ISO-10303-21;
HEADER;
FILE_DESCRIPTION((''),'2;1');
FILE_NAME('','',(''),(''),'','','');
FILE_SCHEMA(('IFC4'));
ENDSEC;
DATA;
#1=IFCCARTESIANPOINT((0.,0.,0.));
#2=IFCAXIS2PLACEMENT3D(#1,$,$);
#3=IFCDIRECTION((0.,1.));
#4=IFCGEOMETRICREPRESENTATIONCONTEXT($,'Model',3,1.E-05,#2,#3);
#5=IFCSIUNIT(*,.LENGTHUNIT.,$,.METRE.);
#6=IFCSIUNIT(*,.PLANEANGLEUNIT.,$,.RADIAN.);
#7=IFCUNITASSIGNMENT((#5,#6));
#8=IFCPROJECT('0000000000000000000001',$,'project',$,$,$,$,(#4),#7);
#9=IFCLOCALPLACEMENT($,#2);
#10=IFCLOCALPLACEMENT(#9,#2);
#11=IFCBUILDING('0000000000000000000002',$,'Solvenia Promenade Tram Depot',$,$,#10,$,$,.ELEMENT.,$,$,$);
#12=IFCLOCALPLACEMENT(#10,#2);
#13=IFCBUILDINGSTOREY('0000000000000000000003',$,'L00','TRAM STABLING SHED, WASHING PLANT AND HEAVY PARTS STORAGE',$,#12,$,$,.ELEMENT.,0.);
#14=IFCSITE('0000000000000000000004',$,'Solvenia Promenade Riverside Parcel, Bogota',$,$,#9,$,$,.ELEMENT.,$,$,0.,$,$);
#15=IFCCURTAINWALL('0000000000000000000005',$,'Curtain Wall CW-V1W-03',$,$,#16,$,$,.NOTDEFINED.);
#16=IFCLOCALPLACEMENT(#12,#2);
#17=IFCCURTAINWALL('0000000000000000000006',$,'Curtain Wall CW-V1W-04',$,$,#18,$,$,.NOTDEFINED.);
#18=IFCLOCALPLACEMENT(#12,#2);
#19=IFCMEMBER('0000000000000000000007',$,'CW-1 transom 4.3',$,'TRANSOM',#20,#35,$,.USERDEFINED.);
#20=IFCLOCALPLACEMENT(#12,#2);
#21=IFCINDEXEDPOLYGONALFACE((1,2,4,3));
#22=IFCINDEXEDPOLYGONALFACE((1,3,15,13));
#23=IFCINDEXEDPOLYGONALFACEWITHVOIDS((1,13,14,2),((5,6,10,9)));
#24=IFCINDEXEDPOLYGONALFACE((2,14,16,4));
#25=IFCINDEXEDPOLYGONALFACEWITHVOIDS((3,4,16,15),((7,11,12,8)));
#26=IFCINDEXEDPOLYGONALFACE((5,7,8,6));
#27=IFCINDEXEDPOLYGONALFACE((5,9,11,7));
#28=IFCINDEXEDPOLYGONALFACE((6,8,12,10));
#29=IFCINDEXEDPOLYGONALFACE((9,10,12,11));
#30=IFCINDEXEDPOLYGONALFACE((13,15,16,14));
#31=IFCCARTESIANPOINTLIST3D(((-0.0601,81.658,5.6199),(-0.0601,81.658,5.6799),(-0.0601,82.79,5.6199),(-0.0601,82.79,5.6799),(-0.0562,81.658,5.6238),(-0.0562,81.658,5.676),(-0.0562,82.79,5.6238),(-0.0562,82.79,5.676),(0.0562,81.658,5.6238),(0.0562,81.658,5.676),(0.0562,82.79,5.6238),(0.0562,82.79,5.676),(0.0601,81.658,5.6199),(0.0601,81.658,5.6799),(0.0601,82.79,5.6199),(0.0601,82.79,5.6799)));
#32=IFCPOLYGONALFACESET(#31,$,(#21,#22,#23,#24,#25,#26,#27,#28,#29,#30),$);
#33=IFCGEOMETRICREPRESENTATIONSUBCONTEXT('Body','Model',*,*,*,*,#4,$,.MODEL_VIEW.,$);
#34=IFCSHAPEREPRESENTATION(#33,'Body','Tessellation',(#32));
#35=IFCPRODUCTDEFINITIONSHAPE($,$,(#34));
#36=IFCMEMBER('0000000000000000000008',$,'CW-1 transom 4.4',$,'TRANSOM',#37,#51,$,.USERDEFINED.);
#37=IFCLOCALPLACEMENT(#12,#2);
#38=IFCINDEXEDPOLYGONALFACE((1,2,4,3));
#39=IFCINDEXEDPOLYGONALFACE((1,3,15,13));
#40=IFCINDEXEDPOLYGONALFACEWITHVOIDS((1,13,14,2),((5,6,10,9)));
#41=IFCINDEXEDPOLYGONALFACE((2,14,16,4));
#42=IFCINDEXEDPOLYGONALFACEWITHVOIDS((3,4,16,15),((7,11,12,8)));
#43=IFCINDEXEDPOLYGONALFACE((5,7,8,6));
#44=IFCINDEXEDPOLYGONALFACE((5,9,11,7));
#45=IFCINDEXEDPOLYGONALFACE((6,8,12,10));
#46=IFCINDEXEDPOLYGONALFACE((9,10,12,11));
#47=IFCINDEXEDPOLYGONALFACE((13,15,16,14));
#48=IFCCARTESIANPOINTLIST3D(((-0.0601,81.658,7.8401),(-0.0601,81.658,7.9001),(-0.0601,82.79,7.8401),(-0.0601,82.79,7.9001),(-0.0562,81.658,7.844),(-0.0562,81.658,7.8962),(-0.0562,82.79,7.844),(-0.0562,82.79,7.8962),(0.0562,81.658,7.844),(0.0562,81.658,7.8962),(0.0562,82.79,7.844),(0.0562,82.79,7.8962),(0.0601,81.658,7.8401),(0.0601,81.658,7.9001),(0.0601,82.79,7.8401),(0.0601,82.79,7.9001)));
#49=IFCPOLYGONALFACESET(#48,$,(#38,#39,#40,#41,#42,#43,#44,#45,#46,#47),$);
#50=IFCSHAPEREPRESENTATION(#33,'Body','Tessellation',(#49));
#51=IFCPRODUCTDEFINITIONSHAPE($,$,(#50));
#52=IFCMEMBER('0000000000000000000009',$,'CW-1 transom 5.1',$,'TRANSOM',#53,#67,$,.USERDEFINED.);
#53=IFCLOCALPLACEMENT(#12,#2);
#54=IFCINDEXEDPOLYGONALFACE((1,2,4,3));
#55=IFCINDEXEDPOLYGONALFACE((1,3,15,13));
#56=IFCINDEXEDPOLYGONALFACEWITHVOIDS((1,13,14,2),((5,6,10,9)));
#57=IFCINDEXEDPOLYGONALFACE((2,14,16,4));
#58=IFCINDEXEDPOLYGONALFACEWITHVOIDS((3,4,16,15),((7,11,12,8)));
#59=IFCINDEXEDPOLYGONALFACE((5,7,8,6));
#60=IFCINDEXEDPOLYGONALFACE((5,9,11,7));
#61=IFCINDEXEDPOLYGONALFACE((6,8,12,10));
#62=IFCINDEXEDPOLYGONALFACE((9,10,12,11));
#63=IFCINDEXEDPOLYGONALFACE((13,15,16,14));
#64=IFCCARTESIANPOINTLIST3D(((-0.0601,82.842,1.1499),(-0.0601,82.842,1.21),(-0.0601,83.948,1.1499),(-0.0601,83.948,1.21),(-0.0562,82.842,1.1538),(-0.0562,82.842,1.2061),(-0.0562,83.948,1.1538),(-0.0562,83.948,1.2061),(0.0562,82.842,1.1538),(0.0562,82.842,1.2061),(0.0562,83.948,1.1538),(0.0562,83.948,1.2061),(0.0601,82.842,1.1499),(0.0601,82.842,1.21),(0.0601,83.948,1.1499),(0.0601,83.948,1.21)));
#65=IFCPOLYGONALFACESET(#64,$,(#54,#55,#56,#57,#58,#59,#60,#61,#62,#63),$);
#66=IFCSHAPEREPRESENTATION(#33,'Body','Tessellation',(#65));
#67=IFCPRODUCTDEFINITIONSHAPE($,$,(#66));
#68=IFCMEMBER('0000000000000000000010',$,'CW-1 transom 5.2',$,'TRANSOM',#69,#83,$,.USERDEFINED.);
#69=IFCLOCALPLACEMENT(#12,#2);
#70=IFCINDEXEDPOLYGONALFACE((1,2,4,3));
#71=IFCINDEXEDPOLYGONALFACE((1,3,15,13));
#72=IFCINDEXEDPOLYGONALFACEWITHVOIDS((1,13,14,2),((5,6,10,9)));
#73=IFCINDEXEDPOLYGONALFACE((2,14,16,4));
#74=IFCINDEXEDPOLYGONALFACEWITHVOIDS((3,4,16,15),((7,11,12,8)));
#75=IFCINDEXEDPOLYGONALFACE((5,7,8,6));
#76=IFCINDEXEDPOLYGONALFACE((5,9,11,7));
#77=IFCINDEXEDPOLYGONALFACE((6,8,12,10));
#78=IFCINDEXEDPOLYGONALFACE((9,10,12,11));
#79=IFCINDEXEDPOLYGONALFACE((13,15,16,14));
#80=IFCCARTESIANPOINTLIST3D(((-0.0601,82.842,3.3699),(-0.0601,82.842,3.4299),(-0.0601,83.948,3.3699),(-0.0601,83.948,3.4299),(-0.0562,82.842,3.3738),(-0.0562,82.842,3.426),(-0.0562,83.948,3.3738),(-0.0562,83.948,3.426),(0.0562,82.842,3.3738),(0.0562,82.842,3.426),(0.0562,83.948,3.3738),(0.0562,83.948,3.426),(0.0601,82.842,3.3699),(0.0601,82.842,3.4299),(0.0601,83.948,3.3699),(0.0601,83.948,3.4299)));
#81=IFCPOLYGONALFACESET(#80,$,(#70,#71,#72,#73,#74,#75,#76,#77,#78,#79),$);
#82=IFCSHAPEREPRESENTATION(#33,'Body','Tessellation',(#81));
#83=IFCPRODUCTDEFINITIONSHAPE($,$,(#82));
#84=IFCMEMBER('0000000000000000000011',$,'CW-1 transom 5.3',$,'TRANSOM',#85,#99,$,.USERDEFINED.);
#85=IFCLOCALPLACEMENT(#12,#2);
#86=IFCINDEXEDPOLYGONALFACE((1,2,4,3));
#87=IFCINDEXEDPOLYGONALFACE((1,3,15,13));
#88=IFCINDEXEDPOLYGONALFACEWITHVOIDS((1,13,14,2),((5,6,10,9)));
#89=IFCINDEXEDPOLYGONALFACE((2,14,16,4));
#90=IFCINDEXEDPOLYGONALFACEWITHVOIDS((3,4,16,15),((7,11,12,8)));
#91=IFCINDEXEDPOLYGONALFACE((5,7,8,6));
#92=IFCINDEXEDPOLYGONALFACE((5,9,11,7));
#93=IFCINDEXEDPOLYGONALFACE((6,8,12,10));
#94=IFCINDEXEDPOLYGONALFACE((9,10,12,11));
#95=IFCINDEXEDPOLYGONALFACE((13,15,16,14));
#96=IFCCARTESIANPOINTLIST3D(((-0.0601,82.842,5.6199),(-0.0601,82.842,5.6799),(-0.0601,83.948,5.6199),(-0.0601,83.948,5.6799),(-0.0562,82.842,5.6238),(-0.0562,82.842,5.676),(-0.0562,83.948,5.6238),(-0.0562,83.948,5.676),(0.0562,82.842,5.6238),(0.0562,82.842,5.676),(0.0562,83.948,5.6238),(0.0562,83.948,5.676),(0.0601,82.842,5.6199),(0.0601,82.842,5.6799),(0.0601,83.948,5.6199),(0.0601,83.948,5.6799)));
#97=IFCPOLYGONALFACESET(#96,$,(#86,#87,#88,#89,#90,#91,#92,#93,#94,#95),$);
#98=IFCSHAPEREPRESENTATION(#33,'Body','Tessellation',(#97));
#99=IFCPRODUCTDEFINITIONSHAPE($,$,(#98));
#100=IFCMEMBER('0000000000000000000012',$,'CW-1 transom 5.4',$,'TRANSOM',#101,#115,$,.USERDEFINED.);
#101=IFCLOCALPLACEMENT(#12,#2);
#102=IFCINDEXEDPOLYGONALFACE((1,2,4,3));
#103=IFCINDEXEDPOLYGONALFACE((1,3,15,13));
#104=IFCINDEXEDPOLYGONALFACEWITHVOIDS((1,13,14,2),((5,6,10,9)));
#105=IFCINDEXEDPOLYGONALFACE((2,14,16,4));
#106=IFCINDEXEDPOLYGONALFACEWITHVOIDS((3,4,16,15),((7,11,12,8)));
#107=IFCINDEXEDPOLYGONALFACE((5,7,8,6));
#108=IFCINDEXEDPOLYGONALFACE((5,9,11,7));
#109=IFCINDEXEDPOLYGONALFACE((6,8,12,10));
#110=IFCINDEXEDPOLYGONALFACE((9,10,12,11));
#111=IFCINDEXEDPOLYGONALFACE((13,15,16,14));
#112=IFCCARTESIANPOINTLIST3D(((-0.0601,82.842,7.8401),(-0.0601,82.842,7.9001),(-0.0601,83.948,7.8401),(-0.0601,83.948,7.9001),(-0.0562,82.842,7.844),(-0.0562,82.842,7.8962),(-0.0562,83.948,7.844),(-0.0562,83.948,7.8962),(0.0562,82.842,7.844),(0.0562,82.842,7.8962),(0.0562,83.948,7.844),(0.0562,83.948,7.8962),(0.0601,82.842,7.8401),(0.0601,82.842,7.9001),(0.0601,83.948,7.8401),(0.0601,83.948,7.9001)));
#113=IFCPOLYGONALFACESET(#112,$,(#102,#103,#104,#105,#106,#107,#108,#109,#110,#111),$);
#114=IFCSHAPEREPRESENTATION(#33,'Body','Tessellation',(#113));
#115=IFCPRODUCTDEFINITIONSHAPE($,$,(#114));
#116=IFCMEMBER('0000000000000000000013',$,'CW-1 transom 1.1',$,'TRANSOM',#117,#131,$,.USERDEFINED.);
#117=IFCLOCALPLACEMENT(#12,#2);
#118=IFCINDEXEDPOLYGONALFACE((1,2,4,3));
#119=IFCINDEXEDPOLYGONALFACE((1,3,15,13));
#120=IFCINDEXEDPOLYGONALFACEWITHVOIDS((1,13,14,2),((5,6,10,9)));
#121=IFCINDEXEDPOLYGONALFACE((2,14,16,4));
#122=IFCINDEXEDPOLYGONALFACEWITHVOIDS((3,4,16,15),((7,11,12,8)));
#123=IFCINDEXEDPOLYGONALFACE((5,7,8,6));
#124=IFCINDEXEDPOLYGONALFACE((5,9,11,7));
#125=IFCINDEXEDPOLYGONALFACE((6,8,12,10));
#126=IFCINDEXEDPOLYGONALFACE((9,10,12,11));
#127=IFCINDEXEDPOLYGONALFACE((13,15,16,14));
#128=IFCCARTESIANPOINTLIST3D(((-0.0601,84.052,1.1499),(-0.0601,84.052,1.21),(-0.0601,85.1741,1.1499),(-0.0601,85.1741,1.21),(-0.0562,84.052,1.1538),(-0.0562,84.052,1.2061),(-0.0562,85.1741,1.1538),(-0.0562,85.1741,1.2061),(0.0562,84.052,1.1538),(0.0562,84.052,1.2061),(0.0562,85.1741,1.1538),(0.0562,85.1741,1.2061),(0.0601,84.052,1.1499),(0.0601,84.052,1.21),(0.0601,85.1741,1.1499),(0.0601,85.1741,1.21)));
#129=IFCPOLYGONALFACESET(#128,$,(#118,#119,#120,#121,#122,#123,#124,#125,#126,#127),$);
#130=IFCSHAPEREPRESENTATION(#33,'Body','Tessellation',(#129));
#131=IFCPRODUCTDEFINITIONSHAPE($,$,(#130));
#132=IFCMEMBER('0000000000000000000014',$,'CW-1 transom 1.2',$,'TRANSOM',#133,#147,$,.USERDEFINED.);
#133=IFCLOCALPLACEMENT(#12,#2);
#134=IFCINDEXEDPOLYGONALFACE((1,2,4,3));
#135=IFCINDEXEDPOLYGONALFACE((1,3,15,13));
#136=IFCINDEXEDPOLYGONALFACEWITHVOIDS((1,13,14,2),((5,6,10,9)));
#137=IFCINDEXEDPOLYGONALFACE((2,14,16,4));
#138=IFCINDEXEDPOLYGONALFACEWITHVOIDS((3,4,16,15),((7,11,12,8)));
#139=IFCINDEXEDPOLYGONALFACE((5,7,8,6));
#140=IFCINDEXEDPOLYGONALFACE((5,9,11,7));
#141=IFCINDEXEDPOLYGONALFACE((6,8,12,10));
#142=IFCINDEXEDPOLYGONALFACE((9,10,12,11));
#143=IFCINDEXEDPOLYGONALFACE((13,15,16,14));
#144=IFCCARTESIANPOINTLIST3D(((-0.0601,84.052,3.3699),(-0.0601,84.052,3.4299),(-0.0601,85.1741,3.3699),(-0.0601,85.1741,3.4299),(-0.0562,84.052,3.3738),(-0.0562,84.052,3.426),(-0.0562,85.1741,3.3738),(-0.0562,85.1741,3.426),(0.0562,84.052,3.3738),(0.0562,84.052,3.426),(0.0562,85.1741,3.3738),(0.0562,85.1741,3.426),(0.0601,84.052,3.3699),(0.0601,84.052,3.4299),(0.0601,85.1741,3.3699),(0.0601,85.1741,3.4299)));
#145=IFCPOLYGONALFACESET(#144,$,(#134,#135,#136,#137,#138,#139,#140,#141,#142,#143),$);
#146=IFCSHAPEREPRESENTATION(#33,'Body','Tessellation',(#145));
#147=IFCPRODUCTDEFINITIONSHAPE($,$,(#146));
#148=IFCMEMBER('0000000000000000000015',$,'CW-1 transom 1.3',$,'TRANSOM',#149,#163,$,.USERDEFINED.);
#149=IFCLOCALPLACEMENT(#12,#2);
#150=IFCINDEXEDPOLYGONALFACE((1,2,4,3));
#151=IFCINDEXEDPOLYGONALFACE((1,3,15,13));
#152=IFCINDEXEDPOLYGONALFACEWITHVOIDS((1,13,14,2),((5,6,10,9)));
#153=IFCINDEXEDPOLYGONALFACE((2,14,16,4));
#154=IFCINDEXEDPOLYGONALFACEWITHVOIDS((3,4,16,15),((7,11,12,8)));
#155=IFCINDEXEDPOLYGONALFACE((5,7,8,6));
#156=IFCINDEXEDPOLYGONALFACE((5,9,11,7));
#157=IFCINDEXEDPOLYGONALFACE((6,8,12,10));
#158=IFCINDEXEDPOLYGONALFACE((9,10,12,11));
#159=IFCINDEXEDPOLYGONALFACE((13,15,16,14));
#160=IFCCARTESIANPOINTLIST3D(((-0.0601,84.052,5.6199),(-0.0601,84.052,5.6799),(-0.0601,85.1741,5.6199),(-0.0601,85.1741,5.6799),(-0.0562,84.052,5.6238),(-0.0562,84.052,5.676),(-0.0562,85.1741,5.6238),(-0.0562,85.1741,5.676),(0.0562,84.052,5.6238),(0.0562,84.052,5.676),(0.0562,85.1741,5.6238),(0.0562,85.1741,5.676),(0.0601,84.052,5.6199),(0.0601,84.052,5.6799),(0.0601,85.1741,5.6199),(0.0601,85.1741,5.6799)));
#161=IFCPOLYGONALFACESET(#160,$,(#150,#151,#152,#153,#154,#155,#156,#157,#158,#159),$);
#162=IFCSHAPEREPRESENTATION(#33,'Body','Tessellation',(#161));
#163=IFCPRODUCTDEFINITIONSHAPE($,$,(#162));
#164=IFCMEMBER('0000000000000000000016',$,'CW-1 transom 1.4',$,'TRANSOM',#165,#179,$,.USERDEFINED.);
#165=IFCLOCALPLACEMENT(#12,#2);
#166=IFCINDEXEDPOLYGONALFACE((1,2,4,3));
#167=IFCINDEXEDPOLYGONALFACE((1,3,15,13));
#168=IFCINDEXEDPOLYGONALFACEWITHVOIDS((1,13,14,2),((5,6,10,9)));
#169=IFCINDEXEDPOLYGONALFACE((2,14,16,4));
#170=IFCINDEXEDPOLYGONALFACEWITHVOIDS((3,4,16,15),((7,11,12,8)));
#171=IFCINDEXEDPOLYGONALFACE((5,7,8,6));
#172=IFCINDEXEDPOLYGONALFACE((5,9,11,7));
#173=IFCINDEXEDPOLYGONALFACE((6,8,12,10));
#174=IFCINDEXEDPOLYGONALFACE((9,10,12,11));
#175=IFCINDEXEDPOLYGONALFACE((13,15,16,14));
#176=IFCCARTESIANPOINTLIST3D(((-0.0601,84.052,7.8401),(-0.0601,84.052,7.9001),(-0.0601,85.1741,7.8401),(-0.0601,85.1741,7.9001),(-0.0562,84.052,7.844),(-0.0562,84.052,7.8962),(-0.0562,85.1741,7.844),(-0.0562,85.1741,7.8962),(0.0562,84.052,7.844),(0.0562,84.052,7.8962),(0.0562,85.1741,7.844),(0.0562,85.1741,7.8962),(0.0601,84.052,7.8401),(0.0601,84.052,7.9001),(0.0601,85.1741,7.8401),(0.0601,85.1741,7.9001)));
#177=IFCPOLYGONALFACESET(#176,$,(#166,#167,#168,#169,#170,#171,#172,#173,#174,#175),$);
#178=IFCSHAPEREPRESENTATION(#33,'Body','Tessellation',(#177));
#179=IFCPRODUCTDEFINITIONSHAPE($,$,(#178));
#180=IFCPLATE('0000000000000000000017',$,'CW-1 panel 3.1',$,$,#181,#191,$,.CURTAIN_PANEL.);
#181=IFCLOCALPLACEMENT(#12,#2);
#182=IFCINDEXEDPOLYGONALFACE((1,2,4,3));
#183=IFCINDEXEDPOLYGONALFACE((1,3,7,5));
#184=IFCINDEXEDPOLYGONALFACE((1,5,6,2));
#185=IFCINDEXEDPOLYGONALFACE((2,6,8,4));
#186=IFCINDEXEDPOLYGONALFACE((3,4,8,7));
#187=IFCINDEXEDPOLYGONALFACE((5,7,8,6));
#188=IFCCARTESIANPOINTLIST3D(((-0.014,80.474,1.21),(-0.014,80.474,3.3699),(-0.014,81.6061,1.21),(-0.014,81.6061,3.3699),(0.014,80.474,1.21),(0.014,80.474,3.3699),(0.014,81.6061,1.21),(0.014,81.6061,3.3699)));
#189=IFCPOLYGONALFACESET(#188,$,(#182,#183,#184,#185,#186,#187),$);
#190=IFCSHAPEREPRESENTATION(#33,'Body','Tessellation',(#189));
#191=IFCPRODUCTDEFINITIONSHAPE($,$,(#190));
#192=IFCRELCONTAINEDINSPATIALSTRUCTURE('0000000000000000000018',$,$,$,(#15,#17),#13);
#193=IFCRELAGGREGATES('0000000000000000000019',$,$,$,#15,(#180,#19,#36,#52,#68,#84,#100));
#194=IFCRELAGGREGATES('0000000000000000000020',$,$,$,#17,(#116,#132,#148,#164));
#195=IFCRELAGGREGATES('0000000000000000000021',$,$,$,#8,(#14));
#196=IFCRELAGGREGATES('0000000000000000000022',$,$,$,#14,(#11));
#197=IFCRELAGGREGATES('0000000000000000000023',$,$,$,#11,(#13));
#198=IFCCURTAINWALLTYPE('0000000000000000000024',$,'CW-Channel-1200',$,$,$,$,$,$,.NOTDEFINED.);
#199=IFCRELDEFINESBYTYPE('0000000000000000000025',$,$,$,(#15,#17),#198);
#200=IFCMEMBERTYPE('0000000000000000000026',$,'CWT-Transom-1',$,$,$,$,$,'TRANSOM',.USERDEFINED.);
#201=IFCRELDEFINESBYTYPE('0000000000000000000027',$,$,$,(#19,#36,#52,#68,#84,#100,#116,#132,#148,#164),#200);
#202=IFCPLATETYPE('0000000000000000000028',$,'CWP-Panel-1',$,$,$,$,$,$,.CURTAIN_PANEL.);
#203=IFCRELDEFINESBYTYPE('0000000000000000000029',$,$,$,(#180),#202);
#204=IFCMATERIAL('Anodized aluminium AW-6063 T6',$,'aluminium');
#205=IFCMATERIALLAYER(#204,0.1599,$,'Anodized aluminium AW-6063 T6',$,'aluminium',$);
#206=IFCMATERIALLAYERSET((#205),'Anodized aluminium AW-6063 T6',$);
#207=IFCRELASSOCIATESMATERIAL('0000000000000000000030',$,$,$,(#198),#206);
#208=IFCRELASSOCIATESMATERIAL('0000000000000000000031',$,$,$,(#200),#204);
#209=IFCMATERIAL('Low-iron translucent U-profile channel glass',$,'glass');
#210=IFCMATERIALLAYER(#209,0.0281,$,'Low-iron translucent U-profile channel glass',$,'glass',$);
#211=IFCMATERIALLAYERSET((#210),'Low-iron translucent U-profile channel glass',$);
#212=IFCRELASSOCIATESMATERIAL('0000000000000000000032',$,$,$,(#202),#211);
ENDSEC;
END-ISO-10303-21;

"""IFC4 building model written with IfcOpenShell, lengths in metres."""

from ifc_helpers import new_model, si_unit, direction, frame, origin, origin_2d, place, context, subcontext, project, spatial, rectangle, hollow_rectangle, extrude, material, layer, layer_set, material_profile, profile_set, type_object, element, aggregate, save


model = new_model("IFC4")

# Units and contexts
model_context = context("Model", 3, precision=1e-05, world=origin(), true_north=direction((0.0, 1.0)))
body_context = subcontext(model_context, "Body", "Model", "MODEL_VIEW")
ifc_project = project(units=[si_unit("LENGTHUNIT", "METRE"), si_unit("PLANEANGLEUNIT", "RADIAN")], contexts=[model_context])

# Site, building, storey
site_placement = place(None, origin())
site = spatial("IfcSite", under=ifc_project, at=site_placement, Name="Solvenia Promenade Riverside Parcel, Bogota", CompositionType="ELEMENT", RefElevation=0.0)
building_placement = place(site_placement, origin())
building = spatial("IfcBuilding", under=site, at=building_placement, Name="Solvenia Promenade Tram Depot", CompositionType="ELEMENT")
storey_placement = place(building_placement, origin())
storey = spatial("IfcBuildingStorey", under=building, at=storey_placement, Name="L00", Description="TRAM STABLING SHED, WASHING PLANT AND HEAVY PARTS STORAGE", CompositionType="ELEMENT", Elevation=0.0)

# Curtain wall
ifc_material_1 = material(Name="Anodized aluminium AW-6063 T6", Category="aluminium")
ifc_layer_1 = layer(ifc_material_1, 0.1599, Name="Anodized aluminium AW-6063 T6", Category="aluminium")
ifc_layer_set_1 = layer_set([ifc_layer_1], Name="Anodized aluminium AW-6063 T6")
curtain_wall_type = type_object("IfcCurtainWallType", Name="CW-Channel-1200", PredefinedType="NOTDEFINED", material=ifc_layer_set_1)
curtain_wall_1_placement = place(storey_placement, origin())
curtain_wall_1 = element("IfcCurtainWall", 1, at=curtain_wall_1_placement, inside=storey, type_object=curtain_wall_type, Name="Curtain Wall CW-V1W-03", PredefinedType="NOTDEFINED")

# Curtain wall
curtain_wall_2_placement = place(storey_placement, origin())
curtain_wall_2 = element("IfcCurtainWall", 2, at=curtain_wall_2_placement, inside=storey, type_object=curtain_wall_type, Name="Curtain Wall CW-V1W-04", PredefinedType="NOTDEFINED")

# Members
ifc_material_profile_1 = material_profile(ifc_material_1, hollow_rectangle(XDim=0.1201, YDim=0.0601, WallThickness=0.0039, at=origin_2d()), Name="ALU-T1", Category="aluminium")
ifc_profile_set_1 = profile_set([ifc_material_profile_1], Name="Anodized aluminium AW-6063 T6")
member_type_1 = type_object("IfcMemberType", Name="CWT-Transom-1", ElementType="TRANSOM", PredefinedType="USERDEFINED", material=ifc_profile_set_1)
member_1_placement = place(storey_placement, frame((0.0, 81.658, 5.6499), z_axis=(0.0, 1.0, 0.0), x_axis=(-1.0, 0.0, 0.0)))
member_1 = element("IfcMember", 3, at=member_1_placement, type_object=member_type_1, Name="CW-1 transom 4.3", ObjectType="TRANSOM", PredefinedType="USERDEFINED", context=body_context, shape_type="SweptSolid", body=[
    extrude(hollow_rectangle(XDim=0.1201, YDim=0.0601, WallThickness=0.0039, at=origin_2d()), origin(), (0.0, 0.0, 1.0), 1.1321),
])
member_2_placement = place(storey_placement, frame((0.0, 81.658, 7.8701), z_axis=(0.0, 1.0, 0.0), x_axis=(-1.0, 0.0, 0.0)))
member_2 = element("IfcMember", 4, at=member_2_placement, type_object=member_type_1, Name="CW-1 transom 4.4", ObjectType="TRANSOM", PredefinedType="USERDEFINED", context=body_context, shape_type="SweptSolid", body=[
    extrude(hollow_rectangle(XDim=0.1201, YDim=0.0601, WallThickness=0.0039, at=origin_2d()), origin(), (0.0, 0.0, 1.0), 1.1321),
])
member_3_placement = place(storey_placement, frame((0.0, 82.842, 1.1799), z_axis=(0.0, 1.0, 0.0), x_axis=(-1.0, 0.0, 0.0)))
member_3 = element("IfcMember", 5, at=member_3_placement, type_object=member_type_1, Name="CW-1 transom 5.1", ObjectType="TRANSOM", PredefinedType="USERDEFINED", context=body_context, shape_type="SweptSolid", body=[
    extrude(hollow_rectangle(XDim=0.1201, YDim=0.0601, WallThickness=0.0039, at=origin_2d()), origin(), (0.0, 0.0, 1.0), 1.106),
])
member_4_placement = place(storey_placement, frame((0.0, 82.842, 3.3999), z_axis=(0.0, 1.0, 0.0), x_axis=(-1.0, 0.0, 0.0)))
member_4 = element("IfcMember", 6, at=member_4_placement, type_object=member_type_1, Name="CW-1 transom 5.2", ObjectType="TRANSOM", PredefinedType="USERDEFINED", context=body_context, shape_type="SweptSolid", body=[
    extrude(hollow_rectangle(XDim=0.1201, YDim=0.0601, WallThickness=0.0039, at=origin_2d()), origin(), (0.0, 0.0, 1.0), 1.106),
])
member_5_placement = place(storey_placement, frame((0.0, 82.842, 5.6499), z_axis=(0.0, 1.0, 0.0), x_axis=(-1.0, 0.0, 0.0)))
member_5 = element("IfcMember", 7, at=member_5_placement, type_object=member_type_1, Name="CW-1 transom 5.3", ObjectType="TRANSOM", PredefinedType="USERDEFINED", context=body_context, shape_type="SweptSolid", body=[
    extrude(hollow_rectangle(XDim=0.1201, YDim=0.0601, WallThickness=0.0039, at=origin_2d()), origin(), (0.0, 0.0, 1.0), 1.106),
])
member_6_placement = place(storey_placement, frame((0.0, 82.842, 7.8701), z_axis=(0.0, 1.0, 0.0), x_axis=(-1.0, 0.0, 0.0)))
member_6 = element("IfcMember", 8, at=member_6_placement, type_object=member_type_1, Name="CW-1 transom 5.4", ObjectType="TRANSOM", PredefinedType="USERDEFINED", context=body_context, shape_type="SweptSolid", body=[
    extrude(hollow_rectangle(XDim=0.1201, YDim=0.0601, WallThickness=0.0039, at=origin_2d()), origin(), (0.0, 0.0, 1.0), 1.106),
])
member_7_placement = place(storey_placement, frame((0.0, 84.052, 1.1799), z_axis=(0.0, 1.0, 0.0), x_axis=(-1.0, 0.0, 0.0)))
member_7 = element("IfcMember", 9, at=member_7_placement, type_object=member_type_1, Name="CW-1 transom 1.1", ObjectType="TRANSOM", PredefinedType="USERDEFINED", context=body_context, shape_type="SweptSolid", body=[
    extrude(hollow_rectangle(XDim=0.1201, YDim=0.0601, WallThickness=0.0039, at=origin_2d()), origin(), (0.0, 0.0, 1.0), 1.1221),
])
member_8_placement = place(storey_placement, frame((0.0, 84.052, 3.3999), z_axis=(0.0, 1.0, 0.0), x_axis=(-1.0, 0.0, 0.0)))
member_8 = element("IfcMember", 10, at=member_8_placement, type_object=member_type_1, Name="CW-1 transom 1.2", ObjectType="TRANSOM", PredefinedType="USERDEFINED", context=body_context, shape_type="SweptSolid", body=[
    extrude(hollow_rectangle(XDim=0.1201, YDim=0.0601, WallThickness=0.0039, at=origin_2d()), origin(), (0.0, 0.0, 1.0), 1.1221),
])
member_9_placement = place(storey_placement, frame((0.0, 84.052, 5.6499), z_axis=(0.0, 1.0, 0.0), x_axis=(-1.0, 0.0, 0.0)))
member_9 = element("IfcMember", 11, at=member_9_placement, type_object=member_type_1, Name="CW-1 transom 1.3", ObjectType="TRANSOM", PredefinedType="USERDEFINED", context=body_context, shape_type="SweptSolid", body=[
    extrude(hollow_rectangle(XDim=0.1201, YDim=0.0601, WallThickness=0.0039, at=origin_2d()), origin(), (0.0, 0.0, 1.0), 1.1221),
])
member_10_placement = place(storey_placement, frame((0.0, 84.052, 7.8701), z_axis=(0.0, 1.0, 0.0), x_axis=(-1.0, 0.0, 0.0)))
member_10 = element("IfcMember", 12, at=member_10_placement, type_object=member_type_1, Name="CW-1 transom 1.4", ObjectType="TRANSOM", PredefinedType="USERDEFINED", context=body_context, shape_type="SweptSolid", body=[
    extrude(hollow_rectangle(XDim=0.1201, YDim=0.0601, WallThickness=0.0039, at=origin_2d()), origin(), (0.0, 0.0, 1.0), 1.1221),
])

# Plate
ifc_material_2 = material(Name="Low-iron translucent U-profile channel glass", Category="glass")
ifc_layer_2 = layer(ifc_material_2, 0.0281, Name="Low-iron translucent U-profile channel glass", Category="glass")
ifc_layer_set_2 = layer_set([ifc_layer_2], Name="Low-iron translucent U-profile channel glass")
plate_type = type_object("IfcPlateType", Name="CWP-Panel-1", PredefinedType="CURTAIN_PANEL", material=ifc_layer_set_2)
plate_1_placement = place(storey_placement, frame((0.0, 81.04, 1.21), z_axis=(0.0, 0.0, 1.0), x_axis=(0.0, 1.0, 0.0)))
plate_1 = element("IfcPlate", 13, at=plate_1_placement, type_object=plate_type, Name="CW-1 panel 3.1", PredefinedType="CURTAIN_PANEL", context=body_context, shape_type="SweptSolid", body=[
    extrude(rectangle(XDim=1.1321, YDim=0.0281, at=origin_2d()), origin(), (0.0, 0.0, 1.0), 2.1599),
])
aggregate(curtain_wall_1, [plate_1, member_1, member_2, member_3, member_4, member_5, member_6])
aggregate(curtain_wall_2, [member_7, member_8, member_9, member_10])

save(model, "model.ifc")
